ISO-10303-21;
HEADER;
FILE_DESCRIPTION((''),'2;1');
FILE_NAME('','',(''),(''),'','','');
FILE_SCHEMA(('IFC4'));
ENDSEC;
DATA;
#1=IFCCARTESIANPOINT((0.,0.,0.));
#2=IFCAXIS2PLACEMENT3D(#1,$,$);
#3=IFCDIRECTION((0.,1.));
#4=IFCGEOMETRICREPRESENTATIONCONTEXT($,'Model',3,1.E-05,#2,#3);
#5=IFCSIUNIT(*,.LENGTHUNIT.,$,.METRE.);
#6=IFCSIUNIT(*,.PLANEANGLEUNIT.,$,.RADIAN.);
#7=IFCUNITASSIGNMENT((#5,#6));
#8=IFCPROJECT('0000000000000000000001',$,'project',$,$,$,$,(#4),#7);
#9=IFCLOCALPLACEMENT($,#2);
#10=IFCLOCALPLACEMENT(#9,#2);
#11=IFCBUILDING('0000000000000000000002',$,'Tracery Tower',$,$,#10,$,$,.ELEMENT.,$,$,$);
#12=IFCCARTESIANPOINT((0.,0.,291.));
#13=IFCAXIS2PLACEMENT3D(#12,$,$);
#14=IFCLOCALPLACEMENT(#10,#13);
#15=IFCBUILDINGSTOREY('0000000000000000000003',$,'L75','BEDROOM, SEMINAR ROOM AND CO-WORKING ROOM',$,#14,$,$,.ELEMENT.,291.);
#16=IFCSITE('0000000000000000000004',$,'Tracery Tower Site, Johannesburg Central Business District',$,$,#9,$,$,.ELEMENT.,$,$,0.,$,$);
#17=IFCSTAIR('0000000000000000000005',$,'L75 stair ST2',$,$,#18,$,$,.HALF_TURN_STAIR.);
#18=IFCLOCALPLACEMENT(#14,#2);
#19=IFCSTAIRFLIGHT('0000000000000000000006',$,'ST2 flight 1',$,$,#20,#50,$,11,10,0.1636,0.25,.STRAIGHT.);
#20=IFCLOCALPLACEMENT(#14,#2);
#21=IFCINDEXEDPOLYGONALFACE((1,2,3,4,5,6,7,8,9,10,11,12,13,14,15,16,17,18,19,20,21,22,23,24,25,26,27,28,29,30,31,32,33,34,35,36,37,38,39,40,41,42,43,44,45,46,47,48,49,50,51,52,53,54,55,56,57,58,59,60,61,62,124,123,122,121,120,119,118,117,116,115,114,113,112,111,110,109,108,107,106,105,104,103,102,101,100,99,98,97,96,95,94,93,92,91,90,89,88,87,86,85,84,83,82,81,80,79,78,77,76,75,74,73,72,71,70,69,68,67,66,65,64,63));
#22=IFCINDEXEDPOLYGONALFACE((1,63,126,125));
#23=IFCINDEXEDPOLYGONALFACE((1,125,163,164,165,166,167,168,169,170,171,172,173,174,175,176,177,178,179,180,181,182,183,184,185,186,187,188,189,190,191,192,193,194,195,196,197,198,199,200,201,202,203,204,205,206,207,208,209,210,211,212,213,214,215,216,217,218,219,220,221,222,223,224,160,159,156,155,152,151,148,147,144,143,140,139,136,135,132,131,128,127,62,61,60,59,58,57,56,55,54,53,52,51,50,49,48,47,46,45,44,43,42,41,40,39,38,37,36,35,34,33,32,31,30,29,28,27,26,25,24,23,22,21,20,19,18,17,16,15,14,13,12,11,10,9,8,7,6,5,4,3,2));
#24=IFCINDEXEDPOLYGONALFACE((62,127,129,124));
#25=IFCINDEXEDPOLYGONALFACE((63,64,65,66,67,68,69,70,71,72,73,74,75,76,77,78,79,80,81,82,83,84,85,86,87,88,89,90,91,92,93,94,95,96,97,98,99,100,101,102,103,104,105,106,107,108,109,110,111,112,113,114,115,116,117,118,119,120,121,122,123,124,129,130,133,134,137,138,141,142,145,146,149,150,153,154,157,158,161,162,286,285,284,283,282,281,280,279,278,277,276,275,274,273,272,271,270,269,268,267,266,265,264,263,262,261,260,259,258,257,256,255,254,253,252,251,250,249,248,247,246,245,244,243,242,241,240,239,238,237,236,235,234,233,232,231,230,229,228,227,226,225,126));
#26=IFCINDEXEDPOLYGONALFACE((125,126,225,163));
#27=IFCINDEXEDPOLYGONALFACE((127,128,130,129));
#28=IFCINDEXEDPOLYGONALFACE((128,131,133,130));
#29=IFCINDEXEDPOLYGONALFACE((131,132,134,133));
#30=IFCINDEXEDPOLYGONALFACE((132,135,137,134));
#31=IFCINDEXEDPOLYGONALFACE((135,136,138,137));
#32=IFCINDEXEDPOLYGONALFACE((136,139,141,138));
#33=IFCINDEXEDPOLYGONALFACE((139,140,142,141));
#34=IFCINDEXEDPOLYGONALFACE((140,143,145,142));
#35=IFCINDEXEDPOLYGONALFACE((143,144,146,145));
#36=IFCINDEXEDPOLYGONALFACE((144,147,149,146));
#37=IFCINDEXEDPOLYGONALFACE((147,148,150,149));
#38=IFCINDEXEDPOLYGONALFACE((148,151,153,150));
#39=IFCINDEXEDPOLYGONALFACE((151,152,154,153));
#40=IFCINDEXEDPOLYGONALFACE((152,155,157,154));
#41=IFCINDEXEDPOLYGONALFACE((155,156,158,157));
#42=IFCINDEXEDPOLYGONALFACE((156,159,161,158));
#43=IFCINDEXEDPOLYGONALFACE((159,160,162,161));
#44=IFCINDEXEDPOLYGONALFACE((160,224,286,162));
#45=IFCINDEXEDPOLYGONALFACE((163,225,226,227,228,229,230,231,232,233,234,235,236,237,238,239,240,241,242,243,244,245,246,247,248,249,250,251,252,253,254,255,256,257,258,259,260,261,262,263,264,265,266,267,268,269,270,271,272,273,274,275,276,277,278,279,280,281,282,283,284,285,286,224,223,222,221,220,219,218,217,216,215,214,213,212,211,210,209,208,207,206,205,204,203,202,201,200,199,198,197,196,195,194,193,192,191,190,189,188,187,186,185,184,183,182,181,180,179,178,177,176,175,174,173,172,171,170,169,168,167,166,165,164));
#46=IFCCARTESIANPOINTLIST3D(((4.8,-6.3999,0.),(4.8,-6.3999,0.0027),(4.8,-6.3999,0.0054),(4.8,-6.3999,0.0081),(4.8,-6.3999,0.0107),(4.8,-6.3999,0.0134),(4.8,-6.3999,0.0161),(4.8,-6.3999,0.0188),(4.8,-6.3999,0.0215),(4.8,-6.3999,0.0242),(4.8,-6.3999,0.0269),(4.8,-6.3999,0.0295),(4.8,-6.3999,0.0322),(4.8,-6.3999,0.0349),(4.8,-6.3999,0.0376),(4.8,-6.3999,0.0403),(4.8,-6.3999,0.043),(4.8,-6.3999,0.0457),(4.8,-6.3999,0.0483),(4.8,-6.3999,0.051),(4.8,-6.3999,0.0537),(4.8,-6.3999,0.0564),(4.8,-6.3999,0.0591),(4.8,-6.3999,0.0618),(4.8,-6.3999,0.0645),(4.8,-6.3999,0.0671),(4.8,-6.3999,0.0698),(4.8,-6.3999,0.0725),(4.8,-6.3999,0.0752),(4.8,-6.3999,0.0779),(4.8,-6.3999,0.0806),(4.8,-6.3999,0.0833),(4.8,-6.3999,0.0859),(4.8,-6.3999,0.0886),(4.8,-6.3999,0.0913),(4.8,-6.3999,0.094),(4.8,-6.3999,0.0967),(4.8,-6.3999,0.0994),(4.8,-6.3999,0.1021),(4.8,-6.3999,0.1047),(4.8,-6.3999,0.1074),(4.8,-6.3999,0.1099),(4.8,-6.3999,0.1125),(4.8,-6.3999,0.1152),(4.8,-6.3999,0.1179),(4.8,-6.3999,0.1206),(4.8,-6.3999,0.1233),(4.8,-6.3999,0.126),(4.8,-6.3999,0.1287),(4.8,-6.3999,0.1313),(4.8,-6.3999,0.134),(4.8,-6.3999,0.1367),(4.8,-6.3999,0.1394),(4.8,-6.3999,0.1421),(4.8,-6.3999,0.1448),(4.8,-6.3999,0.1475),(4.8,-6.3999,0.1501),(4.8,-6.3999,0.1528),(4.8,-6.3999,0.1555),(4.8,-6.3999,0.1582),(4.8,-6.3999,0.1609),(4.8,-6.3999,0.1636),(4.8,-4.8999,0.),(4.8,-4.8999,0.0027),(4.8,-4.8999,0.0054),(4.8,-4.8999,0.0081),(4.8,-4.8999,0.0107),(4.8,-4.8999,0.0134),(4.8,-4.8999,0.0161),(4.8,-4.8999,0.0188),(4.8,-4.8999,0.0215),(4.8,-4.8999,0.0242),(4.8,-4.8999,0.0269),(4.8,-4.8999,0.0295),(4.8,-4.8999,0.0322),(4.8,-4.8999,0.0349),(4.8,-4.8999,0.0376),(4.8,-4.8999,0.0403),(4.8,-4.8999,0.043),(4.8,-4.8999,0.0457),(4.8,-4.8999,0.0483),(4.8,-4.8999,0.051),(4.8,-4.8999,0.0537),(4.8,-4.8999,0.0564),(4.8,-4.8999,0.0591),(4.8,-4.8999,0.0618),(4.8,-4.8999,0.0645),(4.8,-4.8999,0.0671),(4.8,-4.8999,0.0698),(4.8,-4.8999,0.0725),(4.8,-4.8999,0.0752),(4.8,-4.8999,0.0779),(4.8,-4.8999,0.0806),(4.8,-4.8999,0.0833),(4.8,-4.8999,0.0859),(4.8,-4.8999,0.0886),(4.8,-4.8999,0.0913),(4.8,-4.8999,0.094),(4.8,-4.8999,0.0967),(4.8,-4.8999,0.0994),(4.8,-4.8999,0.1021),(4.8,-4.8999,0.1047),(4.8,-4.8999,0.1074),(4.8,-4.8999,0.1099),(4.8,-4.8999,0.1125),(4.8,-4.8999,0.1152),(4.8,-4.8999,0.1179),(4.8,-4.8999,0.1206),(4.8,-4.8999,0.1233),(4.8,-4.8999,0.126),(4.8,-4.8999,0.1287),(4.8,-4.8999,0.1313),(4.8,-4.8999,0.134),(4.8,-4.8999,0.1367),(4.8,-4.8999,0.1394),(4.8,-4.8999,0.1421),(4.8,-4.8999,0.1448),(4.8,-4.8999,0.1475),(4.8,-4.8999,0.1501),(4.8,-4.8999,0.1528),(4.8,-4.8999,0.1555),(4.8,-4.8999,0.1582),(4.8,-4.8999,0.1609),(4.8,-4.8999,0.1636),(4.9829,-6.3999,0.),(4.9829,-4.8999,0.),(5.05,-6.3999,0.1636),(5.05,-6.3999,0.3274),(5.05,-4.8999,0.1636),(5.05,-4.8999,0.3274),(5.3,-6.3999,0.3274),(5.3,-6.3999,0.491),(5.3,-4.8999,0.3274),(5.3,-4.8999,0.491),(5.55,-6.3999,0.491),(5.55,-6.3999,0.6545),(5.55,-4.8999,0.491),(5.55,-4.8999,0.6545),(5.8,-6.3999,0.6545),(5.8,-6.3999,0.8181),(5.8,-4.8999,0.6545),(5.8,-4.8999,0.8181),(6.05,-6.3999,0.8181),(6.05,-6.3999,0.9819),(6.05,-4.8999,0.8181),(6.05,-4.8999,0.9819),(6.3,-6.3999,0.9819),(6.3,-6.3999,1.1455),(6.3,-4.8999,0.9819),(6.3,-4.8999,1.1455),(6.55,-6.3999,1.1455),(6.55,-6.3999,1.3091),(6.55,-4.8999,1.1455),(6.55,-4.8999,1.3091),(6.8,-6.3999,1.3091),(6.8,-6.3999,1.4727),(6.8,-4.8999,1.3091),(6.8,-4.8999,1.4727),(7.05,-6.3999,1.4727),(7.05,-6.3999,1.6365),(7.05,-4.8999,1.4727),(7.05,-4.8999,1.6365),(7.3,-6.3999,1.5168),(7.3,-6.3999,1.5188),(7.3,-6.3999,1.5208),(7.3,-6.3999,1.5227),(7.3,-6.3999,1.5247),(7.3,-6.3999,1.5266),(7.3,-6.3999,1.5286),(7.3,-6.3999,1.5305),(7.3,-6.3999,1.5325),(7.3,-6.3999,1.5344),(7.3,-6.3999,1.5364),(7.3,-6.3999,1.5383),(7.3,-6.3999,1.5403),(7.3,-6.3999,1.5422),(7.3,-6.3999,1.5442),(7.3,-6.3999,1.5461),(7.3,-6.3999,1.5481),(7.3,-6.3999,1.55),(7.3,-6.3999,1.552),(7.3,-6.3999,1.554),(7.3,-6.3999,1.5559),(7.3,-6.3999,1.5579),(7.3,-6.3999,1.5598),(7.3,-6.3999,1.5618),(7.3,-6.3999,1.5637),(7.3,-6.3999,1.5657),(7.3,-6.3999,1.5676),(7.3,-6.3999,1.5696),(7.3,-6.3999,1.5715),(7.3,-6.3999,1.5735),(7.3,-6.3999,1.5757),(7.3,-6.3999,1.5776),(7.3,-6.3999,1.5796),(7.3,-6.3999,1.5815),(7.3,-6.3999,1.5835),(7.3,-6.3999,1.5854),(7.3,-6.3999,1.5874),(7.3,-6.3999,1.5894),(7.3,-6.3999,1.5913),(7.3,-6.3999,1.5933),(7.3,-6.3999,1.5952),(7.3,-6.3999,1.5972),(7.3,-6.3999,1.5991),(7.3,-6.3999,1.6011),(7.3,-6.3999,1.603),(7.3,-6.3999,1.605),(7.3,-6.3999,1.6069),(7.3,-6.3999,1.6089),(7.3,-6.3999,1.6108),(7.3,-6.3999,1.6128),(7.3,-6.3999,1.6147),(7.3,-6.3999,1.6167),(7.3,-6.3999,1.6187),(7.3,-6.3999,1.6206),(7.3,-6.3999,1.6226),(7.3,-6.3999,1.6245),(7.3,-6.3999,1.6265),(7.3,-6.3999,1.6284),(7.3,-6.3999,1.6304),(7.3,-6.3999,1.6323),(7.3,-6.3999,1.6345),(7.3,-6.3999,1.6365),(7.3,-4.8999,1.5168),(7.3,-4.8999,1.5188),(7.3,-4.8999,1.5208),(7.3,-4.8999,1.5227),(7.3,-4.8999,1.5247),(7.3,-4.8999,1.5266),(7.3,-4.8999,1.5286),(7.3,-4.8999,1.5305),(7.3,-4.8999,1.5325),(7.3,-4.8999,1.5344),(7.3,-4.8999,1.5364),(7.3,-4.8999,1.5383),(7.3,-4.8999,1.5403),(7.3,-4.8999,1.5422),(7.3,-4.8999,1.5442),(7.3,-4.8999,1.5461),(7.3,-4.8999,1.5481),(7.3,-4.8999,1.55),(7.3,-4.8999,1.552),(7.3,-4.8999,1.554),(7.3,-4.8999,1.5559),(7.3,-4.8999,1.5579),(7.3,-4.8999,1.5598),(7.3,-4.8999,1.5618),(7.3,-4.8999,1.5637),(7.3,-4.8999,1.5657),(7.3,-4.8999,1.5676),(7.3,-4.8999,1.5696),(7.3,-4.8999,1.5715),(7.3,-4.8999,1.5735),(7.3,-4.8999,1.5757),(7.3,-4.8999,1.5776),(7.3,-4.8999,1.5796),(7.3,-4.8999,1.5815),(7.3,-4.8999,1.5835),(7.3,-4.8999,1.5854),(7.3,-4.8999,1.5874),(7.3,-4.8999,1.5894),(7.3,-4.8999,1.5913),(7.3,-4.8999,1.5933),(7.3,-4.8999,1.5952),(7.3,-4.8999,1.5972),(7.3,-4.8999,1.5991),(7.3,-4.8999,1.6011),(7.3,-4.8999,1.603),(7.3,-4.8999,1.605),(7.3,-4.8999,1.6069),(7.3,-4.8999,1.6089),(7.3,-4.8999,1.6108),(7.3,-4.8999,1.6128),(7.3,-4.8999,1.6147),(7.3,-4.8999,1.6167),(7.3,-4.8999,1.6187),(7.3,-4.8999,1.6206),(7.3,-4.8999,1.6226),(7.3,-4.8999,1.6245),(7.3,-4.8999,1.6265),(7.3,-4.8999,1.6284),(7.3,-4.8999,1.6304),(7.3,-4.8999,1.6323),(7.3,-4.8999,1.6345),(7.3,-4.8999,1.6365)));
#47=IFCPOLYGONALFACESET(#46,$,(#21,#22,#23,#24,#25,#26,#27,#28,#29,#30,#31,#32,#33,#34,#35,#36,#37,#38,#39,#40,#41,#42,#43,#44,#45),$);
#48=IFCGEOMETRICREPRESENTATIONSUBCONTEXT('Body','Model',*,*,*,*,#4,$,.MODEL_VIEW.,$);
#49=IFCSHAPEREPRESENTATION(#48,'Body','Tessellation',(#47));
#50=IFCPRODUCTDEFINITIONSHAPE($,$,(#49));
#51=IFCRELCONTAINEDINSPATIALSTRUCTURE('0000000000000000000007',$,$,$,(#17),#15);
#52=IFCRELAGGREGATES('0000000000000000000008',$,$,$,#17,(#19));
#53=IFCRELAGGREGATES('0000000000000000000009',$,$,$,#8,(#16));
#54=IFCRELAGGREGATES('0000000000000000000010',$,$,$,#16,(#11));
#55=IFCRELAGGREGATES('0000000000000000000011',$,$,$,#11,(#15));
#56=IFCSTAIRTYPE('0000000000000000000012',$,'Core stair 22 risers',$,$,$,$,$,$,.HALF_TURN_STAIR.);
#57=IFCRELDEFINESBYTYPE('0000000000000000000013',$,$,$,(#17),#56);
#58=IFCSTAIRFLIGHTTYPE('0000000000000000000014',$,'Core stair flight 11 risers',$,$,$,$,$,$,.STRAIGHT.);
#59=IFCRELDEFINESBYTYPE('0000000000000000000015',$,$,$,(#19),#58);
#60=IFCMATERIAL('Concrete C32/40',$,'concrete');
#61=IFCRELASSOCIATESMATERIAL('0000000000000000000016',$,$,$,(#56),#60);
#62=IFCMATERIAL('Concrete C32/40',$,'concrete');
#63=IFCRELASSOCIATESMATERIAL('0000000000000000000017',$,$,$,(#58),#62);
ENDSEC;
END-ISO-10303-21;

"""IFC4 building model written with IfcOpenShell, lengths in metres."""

from ifc_helpers import new_model, si_unit, direction, frame, origin, place, context, subcontext, project, spatial, polyline, outline, extrude, material, type_object, element, aggregate, save


model = new_model("IFC4")

# Units and contexts
model_context = context("Model", 3, precision=1e-05, world=origin(), true_north=direction((0.0, 1.0)))
body_context = subcontext(model_context, "Body", "Model", "MODEL_VIEW")
ifc_project = project(units=[si_unit("LENGTHUNIT", "METRE"), si_unit("PLANEANGLEUNIT", "RADIAN")], contexts=[model_context])

# Site, building, storey
site_placement = place(None, origin())
site = spatial("IfcSite", under=ifc_project, at=site_placement, Name="Tracery Tower Site, Johannesburg Central Business District", CompositionType="ELEMENT", RefElevation=0.0)
building_placement = place(site_placement, origin())
building = spatial("IfcBuilding", under=site, at=building_placement, Name="Tracery Tower", CompositionType="ELEMENT")
storey_placement = place(building_placement, frame((0.0, 0.0, 291.0)))
storey = spatial("IfcBuildingStorey", under=building, at=storey_placement, Name="L75", Description="BEDROOM, SEMINAR ROOM AND CO-WORKING ROOM", CompositionType="ELEMENT", Elevation=291.0)

# Stair, stair flight
ifc_material_1 = material(Name="Concrete C32/40", Category="concrete")
stair_type = type_object("IfcStairType", Name="Core stair 22 risers", PredefinedType="HALF_TURN_STAIR", material=ifc_material_1)
stair_placement = place(storey_placement, origin())
stair = element("IfcStair", 1, at=stair_placement, inside=storey, type_object=stair_type, Name="L75 stair ST2", PredefinedType="HALF_TURN_STAIR")
ifc_material_2 = material(Name="Concrete C32/40", Category="concrete")
stair_flight_type = type_object("IfcStairFlightType", Name="Core stair flight 11 risers", PredefinedType="STRAIGHT", material=ifc_material_2)
stair_flight_placement = place(storey_placement, frame((4.8, -5.6499, 0.0), z_axis=(0.0, 0.0, 1.0), x_axis=(1.0, 0.0, 0.0)))
stair_flight = element("IfcStairFlight", 2, at=stair_flight_placement, type_object=stair_flight_type, Name="ST2 flight 1", NumberOfRisers=11, NumberOfTreads=10, PredefinedType="STRAIGHT", RiserHeight=0.1636, TreadLength=0.25, context=body_context, shape_type="SweptSolid", body=[
    extrude(outline(polyline([(0.0, 0.0), (0.0, 0.0027), (0.0, 0.0054), (0.0, 0.0081), (0.0, 0.0107), (0.0, 0.0134), (0.0, 0.0161), (0.0, 0.0188), (0.0, 0.0215), (0.0, 0.0242), (0.0, 0.0269), (0.0, 0.0295), (0.0, 0.0322), (0.0, 0.0349), (0.0, 0.0376), (0.0, 0.0403), (0.0, 0.043), (0.0, 0.0457), (0.0, 0.0483), (0.0, 0.051), (0.0, 0.0537), (0.0, 0.0564), (0.0, 0.0591), (0.0, 0.0618), (0.0, 0.0645), (0.0, 0.0671), (0.0, 0.0698), (0.0, 0.0725), (0.0, 0.0752), (0.0, 0.0779), (0.0, 0.0806), (0.0, 0.0833), (0.0, 0.0859), (0.0, 0.0886), (0.0, 0.0913), (0.0, 0.094), (0.0, 0.0967), (0.0, 0.0994), (0.0, 0.1021), (0.0, 0.1047), (0.0, 0.1074), (0.0, 0.1099), (0.0, 0.1125), (0.0, 0.1152), (0.0, 0.1179), (0.0, 0.1206), (0.0, 0.1233), (0.0, 0.126), (0.0, 0.1287), (0.0, 0.1313), (0.0, 0.134), (0.0, 0.1367), (0.0, 0.1394), (0.0, 0.1421), (0.0, 0.1448), (0.0, 0.1475), (0.0, 0.1501), (0.0, 0.1528), (0.0, 0.1555), (0.0, 0.1582), (0.0, 0.1609), (0.0, 0.1636), (0.25, 0.1636), (0.25, 0.3274), (0.5, 0.3274), (0.5, 0.491), (0.75, 0.491), (0.75, 0.6545), (1.0, 0.6545), (1.0, 0.8181), (1.25, 0.8181), (1.25, 0.9819), (1.5, 0.9819), (1.5, 1.1455), (1.75, 1.1455), (1.75, 1.3091), (2.0, 1.3091), (2.0, 1.4727), (2.25, 1.4727), (2.25, 1.6365), (2.5, 1.6365), (2.5, 1.6345), (2.5, 1.6323), (2.5, 1.6304), (2.5, 1.6284), (2.5, 1.6265), (2.5, 1.6245), (2.5, 1.6226), (2.5, 1.6206), (2.5, 1.6187), (2.5, 1.6167), (2.5, 1.6147), (2.5, 1.6128), (2.5, 1.6108), (2.5, 1.6089), (2.5, 1.6069), (2.5, 1.605), (2.5, 1.603), (2.5, 1.6011), (2.5, 1.5991), (2.5, 1.5972), (2.5, 1.5952), (2.5, 1.5933), (2.5, 1.5913), (2.5, 1.5894), (2.5, 1.5874), (2.5, 1.5854), (2.5, 1.5835), (2.5, 1.5815), (2.5, 1.5796), (2.5, 1.5776), (2.5, 1.5757), (2.5, 1.5735), (2.5, 1.5715), (2.5, 1.5696), (2.5, 1.5676), (2.5, 1.5657), (2.5, 1.5637), (2.5, 1.5618), (2.5, 1.5598), (2.5, 1.5579), (2.5, 1.5559), (2.5, 1.554), (2.5, 1.552), (2.5, 1.55), (2.5, 1.5481), (2.5, 1.5461), (2.5, 1.5442), (2.5, 1.5422), (2.5, 1.5403), (2.5, 1.5383), (2.5, 1.5364), (2.5, 1.5344), (2.5, 1.5325), (2.5, 1.5305), (2.5, 1.5286), (2.5, 1.5266), (2.5, 1.5247), (2.5, 1.5227), (2.5, 1.5208), (2.5, 1.5188), (2.5, 1.5168), (0.1829, 0.0), (0.0, 0.0)])), frame((0.0, 0.75, 0.0), z_axis=(0.0, -1.0, 0.0), x_axis=(1.0, 0.0, 0.0)), (0.0, 0.0, 1.0), 1.5),
])
aggregate(stair, [stair_flight])

save(model, "model.ifc")
